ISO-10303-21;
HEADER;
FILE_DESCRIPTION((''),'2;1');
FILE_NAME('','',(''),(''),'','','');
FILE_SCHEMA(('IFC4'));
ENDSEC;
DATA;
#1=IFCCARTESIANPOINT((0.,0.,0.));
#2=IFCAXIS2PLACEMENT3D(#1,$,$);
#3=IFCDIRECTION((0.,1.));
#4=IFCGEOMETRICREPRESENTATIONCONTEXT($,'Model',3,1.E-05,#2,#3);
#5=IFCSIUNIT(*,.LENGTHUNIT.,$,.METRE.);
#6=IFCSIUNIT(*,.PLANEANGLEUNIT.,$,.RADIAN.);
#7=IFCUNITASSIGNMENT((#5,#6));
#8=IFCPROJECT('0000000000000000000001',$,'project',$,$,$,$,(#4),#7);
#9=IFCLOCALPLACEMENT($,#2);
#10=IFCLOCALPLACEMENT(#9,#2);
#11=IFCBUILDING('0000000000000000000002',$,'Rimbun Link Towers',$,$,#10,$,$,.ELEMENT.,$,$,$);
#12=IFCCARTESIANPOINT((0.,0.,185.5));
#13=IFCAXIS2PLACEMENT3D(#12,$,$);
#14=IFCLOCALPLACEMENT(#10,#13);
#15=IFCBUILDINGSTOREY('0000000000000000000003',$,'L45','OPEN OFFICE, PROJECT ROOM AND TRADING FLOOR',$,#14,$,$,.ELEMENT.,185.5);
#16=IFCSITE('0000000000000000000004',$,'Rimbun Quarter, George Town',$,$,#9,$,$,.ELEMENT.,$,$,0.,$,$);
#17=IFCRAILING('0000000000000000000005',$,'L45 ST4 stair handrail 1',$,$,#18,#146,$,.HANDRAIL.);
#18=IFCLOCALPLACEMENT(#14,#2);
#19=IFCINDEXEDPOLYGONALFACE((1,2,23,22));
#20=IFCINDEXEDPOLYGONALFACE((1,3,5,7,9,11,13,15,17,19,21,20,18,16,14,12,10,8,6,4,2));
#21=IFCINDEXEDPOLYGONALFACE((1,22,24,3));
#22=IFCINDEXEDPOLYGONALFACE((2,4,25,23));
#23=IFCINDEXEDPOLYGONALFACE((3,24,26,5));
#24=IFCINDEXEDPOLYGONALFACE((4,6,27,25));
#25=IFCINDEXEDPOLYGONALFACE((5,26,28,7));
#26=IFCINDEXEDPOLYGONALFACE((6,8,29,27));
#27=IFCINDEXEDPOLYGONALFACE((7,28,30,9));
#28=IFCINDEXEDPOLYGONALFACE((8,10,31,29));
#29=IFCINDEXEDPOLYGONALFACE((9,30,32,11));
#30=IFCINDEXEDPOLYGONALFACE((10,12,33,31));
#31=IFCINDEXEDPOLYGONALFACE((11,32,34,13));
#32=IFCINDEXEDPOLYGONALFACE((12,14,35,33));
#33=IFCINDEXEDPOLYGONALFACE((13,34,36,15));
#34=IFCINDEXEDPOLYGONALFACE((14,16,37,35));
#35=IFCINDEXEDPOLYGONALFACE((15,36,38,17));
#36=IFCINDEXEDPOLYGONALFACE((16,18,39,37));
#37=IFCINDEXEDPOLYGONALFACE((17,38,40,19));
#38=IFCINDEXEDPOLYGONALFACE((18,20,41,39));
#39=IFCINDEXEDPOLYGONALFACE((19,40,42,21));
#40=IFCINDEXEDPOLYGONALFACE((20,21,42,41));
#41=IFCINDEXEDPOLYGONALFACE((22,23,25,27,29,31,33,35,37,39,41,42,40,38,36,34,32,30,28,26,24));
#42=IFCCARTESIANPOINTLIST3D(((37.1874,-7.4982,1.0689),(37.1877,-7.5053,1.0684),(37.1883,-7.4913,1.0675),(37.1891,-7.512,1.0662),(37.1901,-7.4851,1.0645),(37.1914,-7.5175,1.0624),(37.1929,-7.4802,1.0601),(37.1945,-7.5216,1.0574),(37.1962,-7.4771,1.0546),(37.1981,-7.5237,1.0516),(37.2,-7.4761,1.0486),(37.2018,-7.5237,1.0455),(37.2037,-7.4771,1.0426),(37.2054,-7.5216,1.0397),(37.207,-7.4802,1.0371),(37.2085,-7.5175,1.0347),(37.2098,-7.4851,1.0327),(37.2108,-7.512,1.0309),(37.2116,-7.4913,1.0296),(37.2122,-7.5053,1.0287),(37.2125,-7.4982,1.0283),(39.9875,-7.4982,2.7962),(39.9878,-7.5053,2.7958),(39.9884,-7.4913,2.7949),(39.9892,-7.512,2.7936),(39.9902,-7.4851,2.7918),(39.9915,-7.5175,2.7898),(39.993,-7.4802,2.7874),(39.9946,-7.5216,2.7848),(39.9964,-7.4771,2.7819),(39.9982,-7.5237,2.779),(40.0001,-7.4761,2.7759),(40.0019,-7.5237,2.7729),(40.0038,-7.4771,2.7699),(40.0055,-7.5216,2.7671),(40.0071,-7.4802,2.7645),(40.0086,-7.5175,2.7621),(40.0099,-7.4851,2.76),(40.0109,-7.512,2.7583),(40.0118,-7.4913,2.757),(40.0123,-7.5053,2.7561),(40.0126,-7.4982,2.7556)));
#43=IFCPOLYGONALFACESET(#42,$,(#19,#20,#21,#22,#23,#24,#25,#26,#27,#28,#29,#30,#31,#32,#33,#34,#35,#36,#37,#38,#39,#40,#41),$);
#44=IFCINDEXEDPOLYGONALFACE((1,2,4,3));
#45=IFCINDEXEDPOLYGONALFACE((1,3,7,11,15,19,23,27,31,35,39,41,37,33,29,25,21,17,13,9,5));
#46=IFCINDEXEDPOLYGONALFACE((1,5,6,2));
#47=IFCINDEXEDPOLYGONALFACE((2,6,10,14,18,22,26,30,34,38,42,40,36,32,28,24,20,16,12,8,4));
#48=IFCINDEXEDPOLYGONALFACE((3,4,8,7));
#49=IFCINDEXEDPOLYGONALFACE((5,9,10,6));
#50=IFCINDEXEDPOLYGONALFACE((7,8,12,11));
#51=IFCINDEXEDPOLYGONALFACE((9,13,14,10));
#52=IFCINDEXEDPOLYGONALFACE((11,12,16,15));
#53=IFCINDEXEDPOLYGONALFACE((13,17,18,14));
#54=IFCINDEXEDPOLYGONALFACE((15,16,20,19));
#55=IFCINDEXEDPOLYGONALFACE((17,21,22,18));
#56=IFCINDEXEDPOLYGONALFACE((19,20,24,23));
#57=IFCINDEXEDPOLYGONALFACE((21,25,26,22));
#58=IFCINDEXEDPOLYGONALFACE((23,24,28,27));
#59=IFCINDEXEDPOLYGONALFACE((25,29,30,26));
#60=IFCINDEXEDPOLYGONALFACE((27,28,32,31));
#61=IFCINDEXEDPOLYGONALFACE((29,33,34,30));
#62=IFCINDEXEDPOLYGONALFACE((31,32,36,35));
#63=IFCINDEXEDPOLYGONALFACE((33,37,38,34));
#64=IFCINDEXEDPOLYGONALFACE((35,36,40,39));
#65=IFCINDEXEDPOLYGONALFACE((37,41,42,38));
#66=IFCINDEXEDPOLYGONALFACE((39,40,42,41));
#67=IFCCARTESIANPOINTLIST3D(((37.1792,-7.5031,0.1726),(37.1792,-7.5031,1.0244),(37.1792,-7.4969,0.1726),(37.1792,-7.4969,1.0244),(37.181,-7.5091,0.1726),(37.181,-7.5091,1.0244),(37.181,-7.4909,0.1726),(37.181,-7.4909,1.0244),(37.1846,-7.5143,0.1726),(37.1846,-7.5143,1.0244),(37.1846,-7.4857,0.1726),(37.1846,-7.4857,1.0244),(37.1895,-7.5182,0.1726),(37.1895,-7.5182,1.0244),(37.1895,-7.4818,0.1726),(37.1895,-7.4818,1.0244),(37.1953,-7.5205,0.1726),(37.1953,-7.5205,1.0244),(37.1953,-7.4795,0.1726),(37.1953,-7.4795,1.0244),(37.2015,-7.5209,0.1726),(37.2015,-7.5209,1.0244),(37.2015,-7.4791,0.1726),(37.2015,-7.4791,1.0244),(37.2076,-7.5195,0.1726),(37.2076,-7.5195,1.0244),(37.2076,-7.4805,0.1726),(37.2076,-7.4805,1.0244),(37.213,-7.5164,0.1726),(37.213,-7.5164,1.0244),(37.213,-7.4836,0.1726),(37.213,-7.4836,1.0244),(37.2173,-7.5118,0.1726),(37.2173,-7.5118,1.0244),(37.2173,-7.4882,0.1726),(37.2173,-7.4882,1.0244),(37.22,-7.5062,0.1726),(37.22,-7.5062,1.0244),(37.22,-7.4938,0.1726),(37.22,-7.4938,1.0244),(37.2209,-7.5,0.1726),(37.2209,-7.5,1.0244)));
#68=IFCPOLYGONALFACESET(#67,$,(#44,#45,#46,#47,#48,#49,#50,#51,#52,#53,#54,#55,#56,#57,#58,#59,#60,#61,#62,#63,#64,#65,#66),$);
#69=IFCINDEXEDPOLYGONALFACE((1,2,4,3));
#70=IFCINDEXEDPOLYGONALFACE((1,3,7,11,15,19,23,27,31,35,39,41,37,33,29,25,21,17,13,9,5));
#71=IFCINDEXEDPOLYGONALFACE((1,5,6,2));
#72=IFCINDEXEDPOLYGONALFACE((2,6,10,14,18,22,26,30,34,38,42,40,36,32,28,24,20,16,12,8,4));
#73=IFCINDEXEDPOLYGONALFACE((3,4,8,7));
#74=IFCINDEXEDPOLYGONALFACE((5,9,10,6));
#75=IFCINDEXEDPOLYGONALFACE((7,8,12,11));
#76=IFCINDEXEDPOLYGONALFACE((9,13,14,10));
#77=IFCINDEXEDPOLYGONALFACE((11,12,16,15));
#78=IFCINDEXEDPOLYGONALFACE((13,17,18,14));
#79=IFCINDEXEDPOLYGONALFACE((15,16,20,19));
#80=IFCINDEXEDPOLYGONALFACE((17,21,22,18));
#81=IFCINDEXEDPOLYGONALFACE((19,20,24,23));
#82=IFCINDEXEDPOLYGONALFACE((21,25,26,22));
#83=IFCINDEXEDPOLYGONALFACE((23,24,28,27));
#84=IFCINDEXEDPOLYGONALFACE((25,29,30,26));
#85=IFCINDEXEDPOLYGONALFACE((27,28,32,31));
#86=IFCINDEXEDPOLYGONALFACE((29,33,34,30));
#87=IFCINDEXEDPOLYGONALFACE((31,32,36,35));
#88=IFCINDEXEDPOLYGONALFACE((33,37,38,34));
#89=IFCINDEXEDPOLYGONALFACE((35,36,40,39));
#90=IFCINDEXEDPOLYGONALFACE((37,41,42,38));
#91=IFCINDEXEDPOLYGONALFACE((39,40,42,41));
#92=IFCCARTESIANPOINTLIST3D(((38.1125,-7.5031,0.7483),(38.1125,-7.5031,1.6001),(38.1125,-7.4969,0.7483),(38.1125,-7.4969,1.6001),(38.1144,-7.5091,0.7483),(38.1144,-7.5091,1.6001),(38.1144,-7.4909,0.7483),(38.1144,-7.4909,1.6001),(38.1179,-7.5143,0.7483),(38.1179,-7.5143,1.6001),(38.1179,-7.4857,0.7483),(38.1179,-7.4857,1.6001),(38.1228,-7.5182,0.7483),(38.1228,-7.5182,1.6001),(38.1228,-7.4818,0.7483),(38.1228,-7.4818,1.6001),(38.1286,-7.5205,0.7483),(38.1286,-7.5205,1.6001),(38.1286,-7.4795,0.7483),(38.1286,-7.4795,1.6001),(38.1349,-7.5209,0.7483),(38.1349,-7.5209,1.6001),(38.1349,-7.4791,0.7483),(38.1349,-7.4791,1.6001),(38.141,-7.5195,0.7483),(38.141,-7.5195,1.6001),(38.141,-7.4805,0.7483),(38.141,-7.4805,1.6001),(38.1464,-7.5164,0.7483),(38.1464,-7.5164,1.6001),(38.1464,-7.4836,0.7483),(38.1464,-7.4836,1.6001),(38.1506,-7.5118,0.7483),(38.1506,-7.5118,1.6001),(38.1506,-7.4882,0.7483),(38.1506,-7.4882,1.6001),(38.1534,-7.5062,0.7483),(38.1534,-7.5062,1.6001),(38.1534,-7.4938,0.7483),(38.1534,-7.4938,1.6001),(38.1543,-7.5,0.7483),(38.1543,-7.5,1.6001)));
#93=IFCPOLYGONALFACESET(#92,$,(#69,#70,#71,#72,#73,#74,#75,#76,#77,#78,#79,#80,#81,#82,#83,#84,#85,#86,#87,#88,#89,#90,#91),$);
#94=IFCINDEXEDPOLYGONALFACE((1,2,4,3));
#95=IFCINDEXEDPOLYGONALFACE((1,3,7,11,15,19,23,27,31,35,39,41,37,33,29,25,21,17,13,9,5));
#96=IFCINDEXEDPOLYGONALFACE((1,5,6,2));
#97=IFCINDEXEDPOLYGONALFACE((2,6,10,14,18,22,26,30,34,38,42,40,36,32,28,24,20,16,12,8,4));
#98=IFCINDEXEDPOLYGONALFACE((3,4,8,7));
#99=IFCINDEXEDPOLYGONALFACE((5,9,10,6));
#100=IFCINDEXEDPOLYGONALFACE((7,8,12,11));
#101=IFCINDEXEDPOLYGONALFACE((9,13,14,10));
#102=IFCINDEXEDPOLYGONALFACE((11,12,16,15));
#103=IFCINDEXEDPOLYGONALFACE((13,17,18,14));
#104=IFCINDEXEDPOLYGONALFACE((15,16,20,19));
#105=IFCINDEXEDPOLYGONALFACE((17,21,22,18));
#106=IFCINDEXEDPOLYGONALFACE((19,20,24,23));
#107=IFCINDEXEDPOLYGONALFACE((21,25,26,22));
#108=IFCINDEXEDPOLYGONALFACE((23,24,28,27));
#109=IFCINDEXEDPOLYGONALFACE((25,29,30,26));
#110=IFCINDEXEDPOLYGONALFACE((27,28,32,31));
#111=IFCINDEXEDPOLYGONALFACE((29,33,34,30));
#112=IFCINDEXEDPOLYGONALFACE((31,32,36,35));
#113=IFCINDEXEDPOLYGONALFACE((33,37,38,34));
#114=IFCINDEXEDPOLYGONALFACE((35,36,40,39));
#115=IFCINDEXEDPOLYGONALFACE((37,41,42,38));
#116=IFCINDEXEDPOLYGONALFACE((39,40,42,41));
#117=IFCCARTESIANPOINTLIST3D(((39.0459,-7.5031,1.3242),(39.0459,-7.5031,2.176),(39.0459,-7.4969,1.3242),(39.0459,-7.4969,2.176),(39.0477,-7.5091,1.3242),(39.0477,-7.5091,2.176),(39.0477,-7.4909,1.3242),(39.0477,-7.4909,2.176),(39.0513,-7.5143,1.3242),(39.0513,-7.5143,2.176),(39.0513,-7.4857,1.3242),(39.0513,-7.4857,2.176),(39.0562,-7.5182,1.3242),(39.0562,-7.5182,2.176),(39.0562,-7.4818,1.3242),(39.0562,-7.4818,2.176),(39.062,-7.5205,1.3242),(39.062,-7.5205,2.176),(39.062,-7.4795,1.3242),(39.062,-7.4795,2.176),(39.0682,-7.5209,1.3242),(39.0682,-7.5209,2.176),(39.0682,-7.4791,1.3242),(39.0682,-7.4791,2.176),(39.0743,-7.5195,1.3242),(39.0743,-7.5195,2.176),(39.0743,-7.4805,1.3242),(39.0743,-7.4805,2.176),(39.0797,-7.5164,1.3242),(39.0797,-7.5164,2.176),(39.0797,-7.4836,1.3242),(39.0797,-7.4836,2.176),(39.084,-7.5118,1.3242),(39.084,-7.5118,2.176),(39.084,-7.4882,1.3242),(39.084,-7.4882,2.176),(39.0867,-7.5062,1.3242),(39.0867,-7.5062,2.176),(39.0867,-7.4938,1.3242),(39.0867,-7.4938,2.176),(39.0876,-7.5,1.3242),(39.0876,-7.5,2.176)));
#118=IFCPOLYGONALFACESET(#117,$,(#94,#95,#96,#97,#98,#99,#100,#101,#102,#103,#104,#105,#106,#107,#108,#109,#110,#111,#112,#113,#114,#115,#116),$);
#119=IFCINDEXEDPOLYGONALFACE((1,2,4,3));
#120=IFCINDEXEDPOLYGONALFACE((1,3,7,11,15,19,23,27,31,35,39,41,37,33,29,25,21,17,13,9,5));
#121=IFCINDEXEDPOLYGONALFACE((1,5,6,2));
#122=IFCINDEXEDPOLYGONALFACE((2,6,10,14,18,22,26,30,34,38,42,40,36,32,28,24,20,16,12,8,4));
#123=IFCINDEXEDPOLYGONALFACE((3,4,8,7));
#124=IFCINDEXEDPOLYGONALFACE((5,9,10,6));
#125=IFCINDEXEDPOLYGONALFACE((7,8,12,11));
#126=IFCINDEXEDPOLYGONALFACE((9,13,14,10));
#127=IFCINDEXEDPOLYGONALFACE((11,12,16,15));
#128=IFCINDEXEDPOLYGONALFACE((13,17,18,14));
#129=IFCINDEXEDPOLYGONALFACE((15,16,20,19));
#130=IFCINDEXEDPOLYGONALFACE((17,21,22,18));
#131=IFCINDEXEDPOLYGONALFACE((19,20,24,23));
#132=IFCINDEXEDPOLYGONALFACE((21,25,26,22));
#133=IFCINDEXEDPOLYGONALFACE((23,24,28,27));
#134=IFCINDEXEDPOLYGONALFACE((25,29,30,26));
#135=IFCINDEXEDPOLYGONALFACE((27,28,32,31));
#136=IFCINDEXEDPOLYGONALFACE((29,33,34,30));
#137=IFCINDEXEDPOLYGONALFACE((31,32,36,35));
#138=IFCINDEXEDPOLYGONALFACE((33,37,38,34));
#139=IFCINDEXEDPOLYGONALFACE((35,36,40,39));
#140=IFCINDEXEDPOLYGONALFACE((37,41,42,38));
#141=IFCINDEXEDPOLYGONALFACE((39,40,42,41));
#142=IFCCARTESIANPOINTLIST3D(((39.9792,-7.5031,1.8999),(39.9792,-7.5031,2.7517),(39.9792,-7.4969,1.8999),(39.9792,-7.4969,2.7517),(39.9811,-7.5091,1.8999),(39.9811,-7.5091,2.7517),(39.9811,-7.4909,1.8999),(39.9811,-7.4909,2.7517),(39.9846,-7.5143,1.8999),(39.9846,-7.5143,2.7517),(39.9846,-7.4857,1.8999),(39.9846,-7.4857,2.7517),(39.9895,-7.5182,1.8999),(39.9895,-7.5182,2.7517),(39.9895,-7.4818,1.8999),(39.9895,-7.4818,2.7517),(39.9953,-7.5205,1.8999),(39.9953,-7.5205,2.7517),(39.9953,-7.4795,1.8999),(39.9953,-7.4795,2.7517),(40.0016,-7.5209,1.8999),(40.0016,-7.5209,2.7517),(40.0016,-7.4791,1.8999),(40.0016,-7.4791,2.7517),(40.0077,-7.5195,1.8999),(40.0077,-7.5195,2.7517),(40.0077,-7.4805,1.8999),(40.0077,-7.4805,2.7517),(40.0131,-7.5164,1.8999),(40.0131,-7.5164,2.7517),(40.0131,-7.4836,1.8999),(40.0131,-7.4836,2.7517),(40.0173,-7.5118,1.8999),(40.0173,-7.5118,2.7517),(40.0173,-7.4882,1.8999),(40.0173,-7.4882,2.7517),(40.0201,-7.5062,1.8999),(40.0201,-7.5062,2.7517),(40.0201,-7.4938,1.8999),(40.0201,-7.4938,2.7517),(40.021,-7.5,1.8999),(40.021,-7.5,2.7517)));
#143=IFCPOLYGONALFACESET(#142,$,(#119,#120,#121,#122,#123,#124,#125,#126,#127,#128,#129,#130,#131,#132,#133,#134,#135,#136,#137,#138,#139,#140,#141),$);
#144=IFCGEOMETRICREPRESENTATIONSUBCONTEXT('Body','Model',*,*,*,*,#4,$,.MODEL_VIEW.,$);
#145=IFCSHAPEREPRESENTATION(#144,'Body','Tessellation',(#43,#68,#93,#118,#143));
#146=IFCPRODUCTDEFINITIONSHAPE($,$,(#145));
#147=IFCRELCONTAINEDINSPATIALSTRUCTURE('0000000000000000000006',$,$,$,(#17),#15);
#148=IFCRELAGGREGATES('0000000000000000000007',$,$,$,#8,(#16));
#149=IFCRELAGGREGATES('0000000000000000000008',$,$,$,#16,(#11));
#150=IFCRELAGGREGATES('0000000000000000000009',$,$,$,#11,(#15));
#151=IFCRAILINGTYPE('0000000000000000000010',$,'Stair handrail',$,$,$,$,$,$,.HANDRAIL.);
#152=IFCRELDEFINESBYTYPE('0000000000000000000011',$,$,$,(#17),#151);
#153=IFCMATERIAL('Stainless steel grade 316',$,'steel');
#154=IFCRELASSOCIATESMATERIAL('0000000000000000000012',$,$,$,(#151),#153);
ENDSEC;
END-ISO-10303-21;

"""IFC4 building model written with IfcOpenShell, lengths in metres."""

from ifc_helpers import new_model, si_unit, direction, frame, origin, origin_2d, place, context, subcontext, project, spatial, circle, extrude, material, type_object, element, save


model = new_model("IFC4")

# Units and contexts
model_context = context("Model", 3, precision=1e-05, world=origin(), true_north=direction((0.0, 1.0)))
body_context = subcontext(model_context, "Body", "Model", "MODEL_VIEW")
ifc_project = project(units=[si_unit("LENGTHUNIT", "METRE"), si_unit("PLANEANGLEUNIT", "RADIAN")], contexts=[model_context])

# Site, building, storey
site_placement = place(None, origin())
site = spatial("IfcSite", under=ifc_project, at=site_placement, Name="Rimbun Quarter, George Town", CompositionType="ELEMENT", RefElevation=0.0)
building_placement = place(site_placement, origin())
building = spatial("IfcBuilding", under=site, at=building_placement, Name="Rimbun Link Towers", CompositionType="ELEMENT")
storey_placement = place(building_placement, frame((0.0, 0.0, 185.5)))
storey = spatial("IfcBuildingStorey", under=building, at=storey_placement, Name="L45", Description="OPEN OFFICE, PROJECT ROOM AND TRADING FLOOR", CompositionType="ELEMENT", Elevation=185.5)

# Railing
ifc_material_1 = material(Name="Stainless steel grade 316", Category="steel")
railing_type_1 = type_object("IfcRailingType", Name="Stair handrail", PredefinedType="HANDRAIL", material=ifc_material_1)
railing_1_placement = place(storey_placement, frame((37.2, -7.5, 0.1726)))
element("IfcRailing", 1, at=railing_1_placement, inside=storey, type_object=railing_type_1, Name="L45 ST4 stair handrail 1", PredefinedType="HANDRAIL", context=body_context, shape_type="SweptSolid", body=[
    extrude(circle(Radius=0.0239, at=origin_2d()), frame((0.0, 0.0, 0.876), z_axis=(0.85109, 0.0, 0.52502), x_axis=(0.0, 1.0, 0.0)), (0.0, 0.0, 1.0), 3.29),
    extrude(circle(Radius=0.021, at=origin_2d()), origin(), (0.0, 0.0, 1.0), 0.8518),
    extrude(circle(Radius=0.021, at=origin_2d()), frame((0.9333, 0.0, 0.5757)), (0.0, 0.0, 1.0), 0.8518),
    extrude(circle(Radius=0.021, at=origin_2d()), frame((1.8667, 0.0, 1.1516)), (0.0, 0.0, 1.0), 0.8518),
    extrude(circle(Radius=0.021, at=origin_2d()), frame((2.8, 0.0, 1.7273)), (0.0, 0.0, 1.0), 0.8518),
])

save(model, "model.ifc")
